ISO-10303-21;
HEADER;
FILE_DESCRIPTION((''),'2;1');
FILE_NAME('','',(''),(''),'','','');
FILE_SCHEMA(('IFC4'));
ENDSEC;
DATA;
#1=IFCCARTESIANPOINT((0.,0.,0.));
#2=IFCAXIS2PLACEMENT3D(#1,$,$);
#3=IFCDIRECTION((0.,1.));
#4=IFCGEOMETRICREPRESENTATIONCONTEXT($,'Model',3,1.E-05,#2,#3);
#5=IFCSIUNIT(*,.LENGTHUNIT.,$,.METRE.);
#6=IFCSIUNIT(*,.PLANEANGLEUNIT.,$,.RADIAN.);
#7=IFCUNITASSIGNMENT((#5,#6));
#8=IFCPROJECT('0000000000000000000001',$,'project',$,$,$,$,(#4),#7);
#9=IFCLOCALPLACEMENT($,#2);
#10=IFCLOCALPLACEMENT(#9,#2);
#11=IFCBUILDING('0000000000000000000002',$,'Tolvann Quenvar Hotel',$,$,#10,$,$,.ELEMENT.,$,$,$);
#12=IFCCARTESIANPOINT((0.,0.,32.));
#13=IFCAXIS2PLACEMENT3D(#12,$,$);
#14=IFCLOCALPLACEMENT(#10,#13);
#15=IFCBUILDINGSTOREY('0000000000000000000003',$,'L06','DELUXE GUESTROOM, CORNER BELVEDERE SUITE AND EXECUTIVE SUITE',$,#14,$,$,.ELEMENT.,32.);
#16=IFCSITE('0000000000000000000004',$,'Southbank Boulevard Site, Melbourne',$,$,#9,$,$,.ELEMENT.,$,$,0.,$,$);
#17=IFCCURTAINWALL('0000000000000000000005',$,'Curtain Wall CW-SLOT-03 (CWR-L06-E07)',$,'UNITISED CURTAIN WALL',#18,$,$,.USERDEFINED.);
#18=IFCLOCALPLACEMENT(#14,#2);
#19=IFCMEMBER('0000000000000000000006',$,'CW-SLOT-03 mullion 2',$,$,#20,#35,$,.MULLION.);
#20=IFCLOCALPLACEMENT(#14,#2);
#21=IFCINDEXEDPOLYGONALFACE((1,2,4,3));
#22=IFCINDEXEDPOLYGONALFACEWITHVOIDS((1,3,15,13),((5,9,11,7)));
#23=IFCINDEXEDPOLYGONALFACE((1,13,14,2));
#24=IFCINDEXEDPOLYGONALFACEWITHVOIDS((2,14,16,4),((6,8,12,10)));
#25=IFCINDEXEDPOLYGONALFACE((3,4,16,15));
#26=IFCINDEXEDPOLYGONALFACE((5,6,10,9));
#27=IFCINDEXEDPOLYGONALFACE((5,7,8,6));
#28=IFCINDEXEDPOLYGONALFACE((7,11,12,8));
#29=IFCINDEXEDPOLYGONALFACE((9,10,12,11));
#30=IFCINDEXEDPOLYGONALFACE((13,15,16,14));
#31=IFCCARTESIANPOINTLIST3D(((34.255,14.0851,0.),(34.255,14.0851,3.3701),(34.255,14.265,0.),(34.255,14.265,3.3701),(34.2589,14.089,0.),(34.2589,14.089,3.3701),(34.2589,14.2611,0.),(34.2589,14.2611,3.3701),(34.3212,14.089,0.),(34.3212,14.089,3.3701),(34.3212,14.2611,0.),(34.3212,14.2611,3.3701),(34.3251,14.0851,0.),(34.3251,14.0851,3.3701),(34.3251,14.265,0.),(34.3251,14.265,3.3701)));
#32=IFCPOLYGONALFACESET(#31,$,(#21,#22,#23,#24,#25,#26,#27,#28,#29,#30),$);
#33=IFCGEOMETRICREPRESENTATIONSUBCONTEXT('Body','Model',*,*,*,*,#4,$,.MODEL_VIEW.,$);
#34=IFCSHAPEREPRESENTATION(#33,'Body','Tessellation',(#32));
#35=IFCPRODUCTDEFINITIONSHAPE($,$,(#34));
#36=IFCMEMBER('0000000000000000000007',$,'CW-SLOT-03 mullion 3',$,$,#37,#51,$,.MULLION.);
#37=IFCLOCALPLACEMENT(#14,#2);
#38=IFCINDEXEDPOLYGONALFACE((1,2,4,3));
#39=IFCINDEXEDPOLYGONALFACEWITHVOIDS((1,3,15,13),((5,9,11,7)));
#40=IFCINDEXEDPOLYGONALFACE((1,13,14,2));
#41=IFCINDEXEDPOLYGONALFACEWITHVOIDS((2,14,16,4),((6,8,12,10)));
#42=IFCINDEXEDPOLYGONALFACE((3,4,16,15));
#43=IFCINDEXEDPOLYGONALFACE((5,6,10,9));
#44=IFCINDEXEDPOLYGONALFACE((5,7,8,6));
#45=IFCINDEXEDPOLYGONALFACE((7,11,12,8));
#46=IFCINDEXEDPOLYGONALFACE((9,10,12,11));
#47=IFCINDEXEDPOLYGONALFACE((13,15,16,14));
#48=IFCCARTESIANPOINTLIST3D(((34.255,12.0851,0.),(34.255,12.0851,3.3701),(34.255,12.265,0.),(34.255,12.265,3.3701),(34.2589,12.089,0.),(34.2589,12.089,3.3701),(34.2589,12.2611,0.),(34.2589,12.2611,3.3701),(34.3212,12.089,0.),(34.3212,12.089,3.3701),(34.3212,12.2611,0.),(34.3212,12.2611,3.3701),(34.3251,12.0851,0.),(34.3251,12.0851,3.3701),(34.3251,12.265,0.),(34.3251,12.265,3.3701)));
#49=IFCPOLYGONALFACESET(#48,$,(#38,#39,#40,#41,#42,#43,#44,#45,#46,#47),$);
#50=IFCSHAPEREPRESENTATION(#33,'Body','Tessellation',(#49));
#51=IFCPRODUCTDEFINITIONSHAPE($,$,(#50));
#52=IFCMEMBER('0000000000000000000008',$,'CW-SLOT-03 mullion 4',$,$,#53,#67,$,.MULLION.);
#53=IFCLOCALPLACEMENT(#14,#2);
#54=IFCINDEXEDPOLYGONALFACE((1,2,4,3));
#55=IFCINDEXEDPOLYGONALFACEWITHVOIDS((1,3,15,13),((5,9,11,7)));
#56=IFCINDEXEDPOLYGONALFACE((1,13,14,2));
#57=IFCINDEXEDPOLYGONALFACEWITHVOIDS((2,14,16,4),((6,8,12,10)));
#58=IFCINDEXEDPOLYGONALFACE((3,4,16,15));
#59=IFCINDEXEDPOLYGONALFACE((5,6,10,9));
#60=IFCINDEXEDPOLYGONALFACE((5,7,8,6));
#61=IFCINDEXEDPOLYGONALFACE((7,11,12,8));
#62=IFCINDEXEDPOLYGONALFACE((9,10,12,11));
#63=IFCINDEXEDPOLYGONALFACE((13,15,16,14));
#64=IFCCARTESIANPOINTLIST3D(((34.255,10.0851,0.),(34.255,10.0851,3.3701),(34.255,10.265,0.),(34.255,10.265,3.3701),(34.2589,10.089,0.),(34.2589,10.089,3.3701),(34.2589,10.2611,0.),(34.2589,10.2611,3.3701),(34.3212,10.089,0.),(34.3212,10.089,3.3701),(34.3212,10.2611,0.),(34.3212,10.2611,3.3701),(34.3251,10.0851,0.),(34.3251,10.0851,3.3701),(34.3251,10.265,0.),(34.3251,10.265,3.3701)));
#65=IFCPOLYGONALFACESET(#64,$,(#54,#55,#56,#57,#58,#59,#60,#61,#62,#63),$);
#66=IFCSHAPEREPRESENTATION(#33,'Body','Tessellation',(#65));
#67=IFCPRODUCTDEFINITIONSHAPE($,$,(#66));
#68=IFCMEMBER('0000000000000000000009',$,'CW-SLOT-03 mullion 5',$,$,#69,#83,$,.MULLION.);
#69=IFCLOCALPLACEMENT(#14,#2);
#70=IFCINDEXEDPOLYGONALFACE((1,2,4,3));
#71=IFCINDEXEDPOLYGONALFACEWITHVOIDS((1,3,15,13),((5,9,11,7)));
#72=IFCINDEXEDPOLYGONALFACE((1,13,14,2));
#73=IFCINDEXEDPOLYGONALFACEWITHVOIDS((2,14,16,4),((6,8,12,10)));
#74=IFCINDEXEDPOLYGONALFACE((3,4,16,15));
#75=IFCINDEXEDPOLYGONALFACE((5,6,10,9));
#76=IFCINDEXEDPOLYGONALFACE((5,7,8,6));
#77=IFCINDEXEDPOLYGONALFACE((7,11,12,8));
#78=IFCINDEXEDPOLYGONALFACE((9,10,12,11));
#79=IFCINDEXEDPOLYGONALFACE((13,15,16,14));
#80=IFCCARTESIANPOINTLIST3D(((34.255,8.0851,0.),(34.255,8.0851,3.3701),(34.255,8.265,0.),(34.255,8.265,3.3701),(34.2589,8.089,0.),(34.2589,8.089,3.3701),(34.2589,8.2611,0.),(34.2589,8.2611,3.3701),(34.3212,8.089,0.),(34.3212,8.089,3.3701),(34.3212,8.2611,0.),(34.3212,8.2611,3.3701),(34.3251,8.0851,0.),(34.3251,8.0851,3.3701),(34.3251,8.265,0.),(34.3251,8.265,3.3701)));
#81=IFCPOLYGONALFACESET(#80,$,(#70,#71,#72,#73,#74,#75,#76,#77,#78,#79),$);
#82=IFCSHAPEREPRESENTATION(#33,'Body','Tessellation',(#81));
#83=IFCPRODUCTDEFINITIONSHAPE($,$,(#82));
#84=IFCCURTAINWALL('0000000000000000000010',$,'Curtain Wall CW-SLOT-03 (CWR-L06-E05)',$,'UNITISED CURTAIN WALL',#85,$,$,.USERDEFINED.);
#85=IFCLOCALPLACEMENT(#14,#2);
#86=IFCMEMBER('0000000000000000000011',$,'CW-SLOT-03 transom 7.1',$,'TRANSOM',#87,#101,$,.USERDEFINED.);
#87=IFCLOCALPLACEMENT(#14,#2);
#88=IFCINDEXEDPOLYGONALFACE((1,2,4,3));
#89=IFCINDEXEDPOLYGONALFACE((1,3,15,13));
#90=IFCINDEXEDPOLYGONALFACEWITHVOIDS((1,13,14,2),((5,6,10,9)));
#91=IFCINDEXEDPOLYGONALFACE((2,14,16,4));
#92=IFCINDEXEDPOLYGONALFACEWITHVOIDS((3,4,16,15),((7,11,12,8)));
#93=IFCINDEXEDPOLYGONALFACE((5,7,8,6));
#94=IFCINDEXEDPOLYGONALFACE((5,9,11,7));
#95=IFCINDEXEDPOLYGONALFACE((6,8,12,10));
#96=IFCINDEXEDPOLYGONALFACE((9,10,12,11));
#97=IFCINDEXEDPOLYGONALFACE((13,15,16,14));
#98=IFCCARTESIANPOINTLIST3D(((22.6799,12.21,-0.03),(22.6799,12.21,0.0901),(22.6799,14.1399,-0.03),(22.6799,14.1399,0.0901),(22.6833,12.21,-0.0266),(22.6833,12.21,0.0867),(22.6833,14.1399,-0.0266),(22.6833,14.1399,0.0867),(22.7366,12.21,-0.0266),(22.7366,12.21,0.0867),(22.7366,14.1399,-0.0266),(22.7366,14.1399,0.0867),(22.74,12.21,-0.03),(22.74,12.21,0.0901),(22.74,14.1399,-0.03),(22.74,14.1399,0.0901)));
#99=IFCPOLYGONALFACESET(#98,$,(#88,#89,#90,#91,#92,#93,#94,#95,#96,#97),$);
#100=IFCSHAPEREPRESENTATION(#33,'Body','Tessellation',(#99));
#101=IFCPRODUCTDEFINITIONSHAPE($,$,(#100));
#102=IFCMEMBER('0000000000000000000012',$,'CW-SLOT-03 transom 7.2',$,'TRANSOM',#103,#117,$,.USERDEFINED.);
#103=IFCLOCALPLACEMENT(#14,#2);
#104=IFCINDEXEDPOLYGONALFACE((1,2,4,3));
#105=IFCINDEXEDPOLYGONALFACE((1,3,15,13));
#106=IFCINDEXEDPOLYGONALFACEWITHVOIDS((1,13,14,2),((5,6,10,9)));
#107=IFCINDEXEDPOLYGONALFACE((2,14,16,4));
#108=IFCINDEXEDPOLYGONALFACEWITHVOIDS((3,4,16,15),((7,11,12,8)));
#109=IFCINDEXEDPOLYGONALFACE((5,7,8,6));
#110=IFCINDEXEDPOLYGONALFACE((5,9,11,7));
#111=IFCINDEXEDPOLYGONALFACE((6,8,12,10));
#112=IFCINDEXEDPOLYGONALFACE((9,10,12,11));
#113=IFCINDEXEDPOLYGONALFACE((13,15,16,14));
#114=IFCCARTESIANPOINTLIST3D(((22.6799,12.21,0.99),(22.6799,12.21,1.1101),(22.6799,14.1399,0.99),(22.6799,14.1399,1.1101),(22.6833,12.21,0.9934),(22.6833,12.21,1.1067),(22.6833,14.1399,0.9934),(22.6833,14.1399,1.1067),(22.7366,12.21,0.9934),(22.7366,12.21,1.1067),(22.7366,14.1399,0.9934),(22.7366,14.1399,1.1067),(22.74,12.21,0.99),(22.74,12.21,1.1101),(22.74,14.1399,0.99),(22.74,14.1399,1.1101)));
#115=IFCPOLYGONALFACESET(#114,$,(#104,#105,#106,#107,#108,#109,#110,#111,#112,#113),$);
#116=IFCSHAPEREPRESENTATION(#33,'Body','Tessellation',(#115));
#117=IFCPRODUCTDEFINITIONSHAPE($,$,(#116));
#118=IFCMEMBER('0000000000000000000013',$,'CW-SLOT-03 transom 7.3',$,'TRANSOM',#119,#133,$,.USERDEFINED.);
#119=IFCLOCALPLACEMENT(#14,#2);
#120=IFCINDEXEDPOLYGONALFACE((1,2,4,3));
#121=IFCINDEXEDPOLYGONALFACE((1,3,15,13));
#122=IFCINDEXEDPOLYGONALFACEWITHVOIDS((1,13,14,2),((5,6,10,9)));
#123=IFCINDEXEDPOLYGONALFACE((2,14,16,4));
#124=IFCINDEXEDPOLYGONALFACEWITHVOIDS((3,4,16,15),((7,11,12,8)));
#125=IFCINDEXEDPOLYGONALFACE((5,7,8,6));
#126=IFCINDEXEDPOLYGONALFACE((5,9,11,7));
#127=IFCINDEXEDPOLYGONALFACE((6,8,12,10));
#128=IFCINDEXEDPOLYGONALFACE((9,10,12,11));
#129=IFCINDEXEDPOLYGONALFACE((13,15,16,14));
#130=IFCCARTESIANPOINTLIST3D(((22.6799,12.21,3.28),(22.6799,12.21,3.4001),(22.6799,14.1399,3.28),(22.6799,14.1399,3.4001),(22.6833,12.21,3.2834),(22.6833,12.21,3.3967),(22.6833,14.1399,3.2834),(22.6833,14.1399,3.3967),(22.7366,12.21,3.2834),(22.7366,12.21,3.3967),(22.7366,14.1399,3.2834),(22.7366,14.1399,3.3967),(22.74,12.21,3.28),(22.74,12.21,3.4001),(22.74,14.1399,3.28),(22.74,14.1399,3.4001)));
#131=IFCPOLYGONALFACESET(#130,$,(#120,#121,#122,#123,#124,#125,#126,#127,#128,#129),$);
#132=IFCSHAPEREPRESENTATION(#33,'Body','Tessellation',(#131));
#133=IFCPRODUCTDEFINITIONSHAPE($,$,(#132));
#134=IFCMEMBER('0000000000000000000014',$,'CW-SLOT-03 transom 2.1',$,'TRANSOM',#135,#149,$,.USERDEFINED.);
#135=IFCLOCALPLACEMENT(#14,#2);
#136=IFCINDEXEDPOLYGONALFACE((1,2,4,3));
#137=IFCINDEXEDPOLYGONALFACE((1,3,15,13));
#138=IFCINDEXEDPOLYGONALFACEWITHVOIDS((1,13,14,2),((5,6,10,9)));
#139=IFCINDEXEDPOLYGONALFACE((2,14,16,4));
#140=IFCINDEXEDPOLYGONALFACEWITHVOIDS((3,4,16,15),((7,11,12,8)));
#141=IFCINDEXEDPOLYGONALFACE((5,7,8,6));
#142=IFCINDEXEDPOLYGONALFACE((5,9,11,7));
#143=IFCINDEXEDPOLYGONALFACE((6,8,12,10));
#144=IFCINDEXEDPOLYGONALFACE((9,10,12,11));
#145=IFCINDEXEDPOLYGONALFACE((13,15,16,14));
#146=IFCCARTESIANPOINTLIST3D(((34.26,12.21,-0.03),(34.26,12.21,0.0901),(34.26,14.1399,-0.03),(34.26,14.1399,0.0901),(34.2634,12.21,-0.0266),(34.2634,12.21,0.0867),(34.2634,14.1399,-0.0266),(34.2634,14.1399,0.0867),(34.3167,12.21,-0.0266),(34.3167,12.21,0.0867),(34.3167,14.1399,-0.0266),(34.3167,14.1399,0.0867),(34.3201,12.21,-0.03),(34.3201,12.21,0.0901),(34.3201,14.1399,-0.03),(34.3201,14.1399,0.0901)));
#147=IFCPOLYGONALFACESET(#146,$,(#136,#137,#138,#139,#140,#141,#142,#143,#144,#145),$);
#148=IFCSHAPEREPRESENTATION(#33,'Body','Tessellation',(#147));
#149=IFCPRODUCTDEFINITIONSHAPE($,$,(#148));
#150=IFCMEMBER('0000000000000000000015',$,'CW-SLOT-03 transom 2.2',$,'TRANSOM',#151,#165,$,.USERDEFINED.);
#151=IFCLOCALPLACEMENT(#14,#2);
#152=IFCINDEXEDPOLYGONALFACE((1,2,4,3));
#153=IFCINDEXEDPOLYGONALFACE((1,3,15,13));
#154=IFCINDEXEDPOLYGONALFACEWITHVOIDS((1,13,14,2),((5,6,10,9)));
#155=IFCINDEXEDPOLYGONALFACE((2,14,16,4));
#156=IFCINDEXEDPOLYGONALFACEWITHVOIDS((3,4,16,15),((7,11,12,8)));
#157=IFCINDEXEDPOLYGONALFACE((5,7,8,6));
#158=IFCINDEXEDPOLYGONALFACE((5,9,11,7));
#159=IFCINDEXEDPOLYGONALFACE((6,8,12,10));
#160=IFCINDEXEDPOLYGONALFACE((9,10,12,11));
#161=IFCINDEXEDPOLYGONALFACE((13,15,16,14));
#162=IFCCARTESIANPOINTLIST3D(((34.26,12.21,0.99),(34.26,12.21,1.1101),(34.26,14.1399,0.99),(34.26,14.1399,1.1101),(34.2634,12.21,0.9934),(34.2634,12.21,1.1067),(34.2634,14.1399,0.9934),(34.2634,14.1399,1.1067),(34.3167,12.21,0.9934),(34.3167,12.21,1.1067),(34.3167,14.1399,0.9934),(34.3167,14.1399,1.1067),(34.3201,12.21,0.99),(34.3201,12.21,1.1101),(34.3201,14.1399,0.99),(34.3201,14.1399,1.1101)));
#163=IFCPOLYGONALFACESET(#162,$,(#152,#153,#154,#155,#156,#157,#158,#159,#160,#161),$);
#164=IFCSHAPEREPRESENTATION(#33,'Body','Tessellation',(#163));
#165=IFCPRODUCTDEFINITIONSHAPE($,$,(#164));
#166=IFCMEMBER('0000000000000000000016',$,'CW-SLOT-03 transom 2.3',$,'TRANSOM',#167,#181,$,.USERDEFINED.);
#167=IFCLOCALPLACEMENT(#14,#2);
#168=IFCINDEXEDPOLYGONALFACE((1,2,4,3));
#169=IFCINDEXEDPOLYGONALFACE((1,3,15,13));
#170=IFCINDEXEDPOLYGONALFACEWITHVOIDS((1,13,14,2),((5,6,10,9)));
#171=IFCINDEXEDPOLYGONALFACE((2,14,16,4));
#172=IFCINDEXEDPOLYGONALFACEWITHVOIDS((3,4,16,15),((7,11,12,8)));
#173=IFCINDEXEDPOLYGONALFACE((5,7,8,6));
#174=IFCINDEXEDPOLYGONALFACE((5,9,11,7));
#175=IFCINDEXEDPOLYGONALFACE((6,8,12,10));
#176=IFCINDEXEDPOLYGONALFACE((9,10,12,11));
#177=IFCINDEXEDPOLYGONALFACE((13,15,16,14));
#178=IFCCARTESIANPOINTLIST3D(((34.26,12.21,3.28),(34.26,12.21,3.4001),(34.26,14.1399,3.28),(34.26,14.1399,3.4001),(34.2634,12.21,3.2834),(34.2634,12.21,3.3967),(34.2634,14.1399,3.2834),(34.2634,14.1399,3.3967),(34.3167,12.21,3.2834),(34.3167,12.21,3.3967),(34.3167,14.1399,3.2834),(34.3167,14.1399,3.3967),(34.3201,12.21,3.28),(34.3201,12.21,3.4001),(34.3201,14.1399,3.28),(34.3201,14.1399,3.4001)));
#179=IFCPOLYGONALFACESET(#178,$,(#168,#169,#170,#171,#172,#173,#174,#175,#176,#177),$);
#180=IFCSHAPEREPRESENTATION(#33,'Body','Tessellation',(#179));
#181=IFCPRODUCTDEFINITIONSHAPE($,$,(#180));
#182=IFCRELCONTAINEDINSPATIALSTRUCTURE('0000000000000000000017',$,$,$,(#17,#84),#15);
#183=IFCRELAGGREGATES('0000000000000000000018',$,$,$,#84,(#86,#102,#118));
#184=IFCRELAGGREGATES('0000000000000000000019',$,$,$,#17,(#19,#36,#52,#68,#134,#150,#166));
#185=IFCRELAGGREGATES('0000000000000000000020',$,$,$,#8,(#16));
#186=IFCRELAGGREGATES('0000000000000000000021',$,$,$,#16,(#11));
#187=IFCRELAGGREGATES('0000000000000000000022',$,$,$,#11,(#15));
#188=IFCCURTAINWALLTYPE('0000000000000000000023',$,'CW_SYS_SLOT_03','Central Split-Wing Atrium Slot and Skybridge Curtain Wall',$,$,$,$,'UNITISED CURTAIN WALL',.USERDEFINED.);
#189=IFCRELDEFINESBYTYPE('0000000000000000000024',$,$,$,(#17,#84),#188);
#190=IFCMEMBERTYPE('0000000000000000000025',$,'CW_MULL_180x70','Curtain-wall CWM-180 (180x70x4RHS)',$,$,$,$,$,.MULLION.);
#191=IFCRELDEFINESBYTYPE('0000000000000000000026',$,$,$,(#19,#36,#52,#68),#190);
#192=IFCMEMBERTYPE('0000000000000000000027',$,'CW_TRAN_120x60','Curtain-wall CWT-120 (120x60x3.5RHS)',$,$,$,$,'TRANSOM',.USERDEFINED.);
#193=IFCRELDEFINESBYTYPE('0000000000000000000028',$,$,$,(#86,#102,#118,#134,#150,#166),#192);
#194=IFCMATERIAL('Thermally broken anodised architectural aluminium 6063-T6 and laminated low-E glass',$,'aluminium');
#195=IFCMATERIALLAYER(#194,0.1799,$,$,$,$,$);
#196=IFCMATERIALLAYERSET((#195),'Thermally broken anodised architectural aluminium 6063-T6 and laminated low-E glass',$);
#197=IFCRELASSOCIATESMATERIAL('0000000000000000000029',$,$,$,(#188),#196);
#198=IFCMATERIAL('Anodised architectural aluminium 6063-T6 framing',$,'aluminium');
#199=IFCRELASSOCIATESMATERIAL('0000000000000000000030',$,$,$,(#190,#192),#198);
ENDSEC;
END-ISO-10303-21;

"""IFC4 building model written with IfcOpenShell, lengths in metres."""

from ifc_helpers import new_model, si_unit, direction, frame, origin, origin_2d, place, context, subcontext, project, spatial, hollow_rectangle, extrude, source, transform, mapped, material, layer, layer_set, material_profile, profile_set, type_object, type_shapes, element, aggregate, save


model = new_model("IFC4")

# Units and contexts
model_context = context("Model", 3, precision=1e-05, world=origin(), true_north=direction((0.0, 1.0)))
body_context = subcontext(model_context, "Body", "Model", "MODEL_VIEW")
ifc_project = project(units=[si_unit("LENGTHUNIT", "METRE"), si_unit("PLANEANGLEUNIT", "RADIAN")], contexts=[model_context])

# Site, building, storey
site_placement = place(None, origin())
site = spatial("IfcSite", under=ifc_project, at=site_placement, Name="Southbank Boulevard Site, Melbourne", CompositionType="ELEMENT", RefElevation=0.0)
building_placement = place(site_placement, origin())
building = spatial("IfcBuilding", under=site, at=building_placement, Name="Tolvann Quenvar Hotel", CompositionType="ELEMENT")
storey_placement = place(building_placement, frame((0.0, 0.0, 32.0)))
storey = spatial("IfcBuildingStorey", under=building, at=storey_placement, Name="L06", Description="DELUXE GUESTROOM, CORNER BELVEDERE SUITE AND EXECUTIVE SUITE", CompositionType="ELEMENT", Elevation=32.0)

# Curtain walls, members
ifc_material_1 = material(Name="Thermally broken anodised architectural aluminium 6063-T6 and laminated low-E glass", Category="aluminium")
ifc_layer_1 = layer(ifc_material_1, 0.1799)
ifc_layer_set_1 = layer_set([ifc_layer_1], Name="Thermally broken anodised architectural aluminium 6063-T6 and laminated low-E glass")
curtain_wall_type = type_object("IfcCurtainWallType", Name="CW_SYS_SLOT_03", Description="Central Split-Wing Atrium Slot and Skybridge Curtain Wall", ElementType="UNITISED CURTAIN WALL", PredefinedType="USERDEFINED", material=ifc_layer_set_1)
curtain_wall_1_placement = place(storey_placement, origin())
curtain_wall_1 = element("IfcCurtainWall", 1, at=curtain_wall_1_placement, inside=storey, type_object=curtain_wall_type, Name="Curtain Wall CW-SLOT-03 (CWR-L06-E07)", ObjectType="UNITISED CURTAIN WALL", PredefinedType="USERDEFINED")
ifc_material_2 = material(Name="Anodised architectural aluminium 6063-T6 framing", Category="aluminium")
ifc_material_profile_1 = material_profile(ifc_material_2, hollow_rectangle(XDim=0.0701, YDim=0.1799, WallThickness=0.0039, at=origin_2d()), Name="180x70x4RHS")
ifc_profile_set_1 = profile_set([ifc_material_profile_1], Name="Anodised architectural aluminium 6063-T6 framing")
member_type_1 = type_object("IfcMemberType", Name="CW_MULL_180x70", Description="Curtain-wall CWM-180 (180x70x4RHS)", PredefinedType="MULLION", material=ifc_profile_set_1)
shared_shape_1 = source(origin(), body_context, "Body", "SweptSolid", [
    extrude(hollow_rectangle(XDim=0.0701, YDim=0.1799, WallThickness=0.0039, at=origin_2d()), origin(), (0.0, 0.0, 1.0), 3.3701),
])
type_shapes(member_type_1, [shared_shape_1])
member_1_placement = place(storey_placement, frame((34.29, 14.175, 0.0), z_axis=(0.0, 0.0, 1.0), x_axis=(1.0, 0.0, 0.0)))
member_1 = element("IfcMember", 2, at=member_1_placement, type_object=member_type_1, Name="CW-SLOT-03 mullion 2", PredefinedType="MULLION", context=body_context, shape_type="MappedRepresentation", body=[
    mapped(shared_shape_1, transform((0.0, 0.0, 0.0), x_axis=(1.0, 0.0, 0.0), y_axis=(0.0, 1.0, 0.0), z_axis=(0.0, 0.0, 1.0), scale=1.0)),
])
member_2_placement = place(storey_placement, frame((34.29, 12.175, 0.0), z_axis=(0.0, 0.0, 1.0), x_axis=(1.0, 0.0, 0.0)))
member_2 = element("IfcMember", 3, at=member_2_placement, type_object=member_type_1, Name="CW-SLOT-03 mullion 3", PredefinedType="MULLION", context=body_context, shape_type="MappedRepresentation", body=[
    mapped(shared_shape_1, transform((0.0, 0.0, 0.0), x_axis=(1.0, 0.0, 0.0), y_axis=(0.0, 1.0, 0.0), z_axis=(0.0, 0.0, 1.0), scale=1.0)),
])
member_3_placement = place(storey_placement, frame((34.29, 10.175, 0.0), z_axis=(0.0, 0.0, 1.0), x_axis=(1.0, 0.0, 0.0)))
member_3 = element("IfcMember", 4, at=member_3_placement, type_object=member_type_1, Name="CW-SLOT-03 mullion 4", PredefinedType="MULLION", context=body_context, shape_type="MappedRepresentation", body=[
    mapped(shared_shape_1, transform((0.0, 0.0, 0.0), x_axis=(1.0, 0.0, 0.0), y_axis=(0.0, 1.0, 0.0), z_axis=(0.0, 0.0, 1.0), scale=1.0)),
])
member_4_placement = place(storey_placement, frame((34.29, 8.175, 0.0), z_axis=(0.0, 0.0, 1.0), x_axis=(1.0, 0.0, 0.0)))
member_4 = element("IfcMember", 5, at=member_4_placement, type_object=member_type_1, Name="CW-SLOT-03 mullion 5", PredefinedType="MULLION", context=body_context, shape_type="MappedRepresentation", body=[
    mapped(shared_shape_1, transform((0.0, 0.0, 0.0), x_axis=(1.0, 0.0, 0.0), y_axis=(0.0, 1.0, 0.0), z_axis=(0.0, 0.0, 1.0), scale=1.0)),
])
curtain_wall_2_placement = place(storey_placement, origin())
curtain_wall_2 = element("IfcCurtainWall", 6, at=curtain_wall_2_placement, inside=storey, type_object=curtain_wall_type, Name="Curtain Wall CW-SLOT-03 (CWR-L06-E05)", ObjectType="UNITISED CURTAIN WALL", PredefinedType="USERDEFINED")
ifc_material_profile_2 = material_profile(ifc_material_2, hollow_rectangle(XDim=0.0601, YDim=0.1201, WallThickness=0.0034, at=origin_2d()), Name="120x60x3.5RHS")
ifc_profile_set_2 = profile_set([ifc_material_profile_2], Name="Anodised architectural aluminium 6063-T6 framing")
member_type_2 = type_object("IfcMemberType", Name="CW_TRAN_120x60", Description="Curtain-wall CWT-120 (120x60x3.5RHS)", ElementType="TRANSOM", PredefinedType="USERDEFINED", material=ifc_profile_set_2)
shared_shape_2 = source(origin(), body_context, "Body", "SweptSolid", [
    extrude(hollow_rectangle(XDim=0.0601, YDim=0.1201, WallThickness=0.0034, at=origin_2d()), origin(), (0.0, 0.0, 1.0), 1.9299),
])
member_5_placement = place(storey_placement, frame((22.71, 12.21, 0.03), z_axis=(0.0, 1.0, 0.0), x_axis=(-1.0, 0.0, 0.0)))
member_5 = element("IfcMember", 7, at=member_5_placement, type_object=member_type_2, Name="CW-SLOT-03 transom 7.1", ObjectType="TRANSOM", PredefinedType="USERDEFINED", context=body_context, shape_type="MappedRepresentation", body=[
    mapped(shared_shape_2, transform((0.0, 0.0, 0.0), x_axis=(1.0, 0.0, 0.0), y_axis=(0.0, 1.0, 0.0), z_axis=(0.0, 0.0, 1.0), scale=1.0)),
])
member_6_placement = place(storey_placement, frame((22.71, 12.21, 1.05), z_axis=(0.0, 1.0, 0.0), x_axis=(-1.0, 0.0, 0.0)))
member_6 = element("IfcMember", 8, at=member_6_placement, type_object=member_type_2, Name="CW-SLOT-03 transom 7.2", ObjectType="TRANSOM", PredefinedType="USERDEFINED", context=body_context, shape_type="MappedRepresentation", body=[
    mapped(shared_shape_2, transform((0.0, 0.0, 0.0), x_axis=(1.0, 0.0, 0.0), y_axis=(0.0, 1.0, 0.0), z_axis=(0.0, 0.0, 1.0), scale=1.0)),
])
member_7_placement = place(storey_placement, frame((22.71, 12.21, 3.3401), z_axis=(0.0, 1.0, 0.0), x_axis=(-1.0, 0.0, 0.0)))
member_7 = element("IfcMember", 9, at=member_7_placement, type_object=member_type_2, Name="CW-SLOT-03 transom 7.3", ObjectType="TRANSOM", PredefinedType="USERDEFINED", context=body_context, shape_type="MappedRepresentation", body=[
    mapped(shared_shape_2, transform((0.0, 0.0, 0.0), x_axis=(1.0, 0.0, 0.0), y_axis=(0.0, 1.0, 0.0), z_axis=(0.0, 0.0, 1.0), scale=1.0)),
])

# Members
member_8_placement = place(storey_placement, frame((34.29, 14.1399, 0.03), z_axis=(0.0, -1.0, 0.0), x_axis=(1.0, 0.0, 0.0)))
member_8 = element("IfcMember", 10, at=member_8_placement, type_object=member_type_2, Name="CW-SLOT-03 transom 2.1", ObjectType="TRANSOM", PredefinedType="USERDEFINED", context=body_context, shape_type="MappedRepresentation", body=[
    mapped(shared_shape_2, transform((0.0, 0.0, 0.0), x_axis=(1.0, 0.0, 0.0), y_axis=(0.0, 1.0, 0.0), z_axis=(0.0, 0.0, 1.0), scale=1.0)),
])
member_9_placement = place(storey_placement, frame((34.29, 14.1399, 1.05), z_axis=(0.0, -1.0, 0.0), x_axis=(1.0, 0.0, 0.0)))
member_9 = element("IfcMember", 11, at=member_9_placement, type_object=member_type_2, Name="CW-SLOT-03 transom 2.2", ObjectType="TRANSOM", PredefinedType="USERDEFINED", context=body_context, shape_type="MappedRepresentation", body=[
    mapped(shared_shape_2, transform((0.0, 0.0, 0.0), x_axis=(1.0, 0.0, 0.0), y_axis=(0.0, 1.0, 0.0), z_axis=(0.0, 0.0, 1.0), scale=1.0)),
])
member_10_placement = place(storey_placement, frame((34.29, 14.1399, 3.3401), z_axis=(0.0, -1.0, 0.0), x_axis=(1.0, 0.0, 0.0)))
member_10 = element("IfcMember", 12, at=member_10_placement, type_object=member_type_2, Name="CW-SLOT-03 transom 2.3", ObjectType="TRANSOM", PredefinedType="USERDEFINED", context=body_context, shape_type="MappedRepresentation", body=[
    mapped(shared_shape_2, transform((0.0, 0.0, 0.0), x_axis=(1.0, 0.0, 0.0), y_axis=(0.0, 1.0, 0.0), z_axis=(0.0, 0.0, 1.0), scale=1.0)),
])

aggregate(curtain_wall_2, [member_5, member_6, member_7])
aggregate(curtain_wall_1, [member_1, member_2, member_3, member_4, member_8, member_9, member_10])

save(model, "model.ifc")
